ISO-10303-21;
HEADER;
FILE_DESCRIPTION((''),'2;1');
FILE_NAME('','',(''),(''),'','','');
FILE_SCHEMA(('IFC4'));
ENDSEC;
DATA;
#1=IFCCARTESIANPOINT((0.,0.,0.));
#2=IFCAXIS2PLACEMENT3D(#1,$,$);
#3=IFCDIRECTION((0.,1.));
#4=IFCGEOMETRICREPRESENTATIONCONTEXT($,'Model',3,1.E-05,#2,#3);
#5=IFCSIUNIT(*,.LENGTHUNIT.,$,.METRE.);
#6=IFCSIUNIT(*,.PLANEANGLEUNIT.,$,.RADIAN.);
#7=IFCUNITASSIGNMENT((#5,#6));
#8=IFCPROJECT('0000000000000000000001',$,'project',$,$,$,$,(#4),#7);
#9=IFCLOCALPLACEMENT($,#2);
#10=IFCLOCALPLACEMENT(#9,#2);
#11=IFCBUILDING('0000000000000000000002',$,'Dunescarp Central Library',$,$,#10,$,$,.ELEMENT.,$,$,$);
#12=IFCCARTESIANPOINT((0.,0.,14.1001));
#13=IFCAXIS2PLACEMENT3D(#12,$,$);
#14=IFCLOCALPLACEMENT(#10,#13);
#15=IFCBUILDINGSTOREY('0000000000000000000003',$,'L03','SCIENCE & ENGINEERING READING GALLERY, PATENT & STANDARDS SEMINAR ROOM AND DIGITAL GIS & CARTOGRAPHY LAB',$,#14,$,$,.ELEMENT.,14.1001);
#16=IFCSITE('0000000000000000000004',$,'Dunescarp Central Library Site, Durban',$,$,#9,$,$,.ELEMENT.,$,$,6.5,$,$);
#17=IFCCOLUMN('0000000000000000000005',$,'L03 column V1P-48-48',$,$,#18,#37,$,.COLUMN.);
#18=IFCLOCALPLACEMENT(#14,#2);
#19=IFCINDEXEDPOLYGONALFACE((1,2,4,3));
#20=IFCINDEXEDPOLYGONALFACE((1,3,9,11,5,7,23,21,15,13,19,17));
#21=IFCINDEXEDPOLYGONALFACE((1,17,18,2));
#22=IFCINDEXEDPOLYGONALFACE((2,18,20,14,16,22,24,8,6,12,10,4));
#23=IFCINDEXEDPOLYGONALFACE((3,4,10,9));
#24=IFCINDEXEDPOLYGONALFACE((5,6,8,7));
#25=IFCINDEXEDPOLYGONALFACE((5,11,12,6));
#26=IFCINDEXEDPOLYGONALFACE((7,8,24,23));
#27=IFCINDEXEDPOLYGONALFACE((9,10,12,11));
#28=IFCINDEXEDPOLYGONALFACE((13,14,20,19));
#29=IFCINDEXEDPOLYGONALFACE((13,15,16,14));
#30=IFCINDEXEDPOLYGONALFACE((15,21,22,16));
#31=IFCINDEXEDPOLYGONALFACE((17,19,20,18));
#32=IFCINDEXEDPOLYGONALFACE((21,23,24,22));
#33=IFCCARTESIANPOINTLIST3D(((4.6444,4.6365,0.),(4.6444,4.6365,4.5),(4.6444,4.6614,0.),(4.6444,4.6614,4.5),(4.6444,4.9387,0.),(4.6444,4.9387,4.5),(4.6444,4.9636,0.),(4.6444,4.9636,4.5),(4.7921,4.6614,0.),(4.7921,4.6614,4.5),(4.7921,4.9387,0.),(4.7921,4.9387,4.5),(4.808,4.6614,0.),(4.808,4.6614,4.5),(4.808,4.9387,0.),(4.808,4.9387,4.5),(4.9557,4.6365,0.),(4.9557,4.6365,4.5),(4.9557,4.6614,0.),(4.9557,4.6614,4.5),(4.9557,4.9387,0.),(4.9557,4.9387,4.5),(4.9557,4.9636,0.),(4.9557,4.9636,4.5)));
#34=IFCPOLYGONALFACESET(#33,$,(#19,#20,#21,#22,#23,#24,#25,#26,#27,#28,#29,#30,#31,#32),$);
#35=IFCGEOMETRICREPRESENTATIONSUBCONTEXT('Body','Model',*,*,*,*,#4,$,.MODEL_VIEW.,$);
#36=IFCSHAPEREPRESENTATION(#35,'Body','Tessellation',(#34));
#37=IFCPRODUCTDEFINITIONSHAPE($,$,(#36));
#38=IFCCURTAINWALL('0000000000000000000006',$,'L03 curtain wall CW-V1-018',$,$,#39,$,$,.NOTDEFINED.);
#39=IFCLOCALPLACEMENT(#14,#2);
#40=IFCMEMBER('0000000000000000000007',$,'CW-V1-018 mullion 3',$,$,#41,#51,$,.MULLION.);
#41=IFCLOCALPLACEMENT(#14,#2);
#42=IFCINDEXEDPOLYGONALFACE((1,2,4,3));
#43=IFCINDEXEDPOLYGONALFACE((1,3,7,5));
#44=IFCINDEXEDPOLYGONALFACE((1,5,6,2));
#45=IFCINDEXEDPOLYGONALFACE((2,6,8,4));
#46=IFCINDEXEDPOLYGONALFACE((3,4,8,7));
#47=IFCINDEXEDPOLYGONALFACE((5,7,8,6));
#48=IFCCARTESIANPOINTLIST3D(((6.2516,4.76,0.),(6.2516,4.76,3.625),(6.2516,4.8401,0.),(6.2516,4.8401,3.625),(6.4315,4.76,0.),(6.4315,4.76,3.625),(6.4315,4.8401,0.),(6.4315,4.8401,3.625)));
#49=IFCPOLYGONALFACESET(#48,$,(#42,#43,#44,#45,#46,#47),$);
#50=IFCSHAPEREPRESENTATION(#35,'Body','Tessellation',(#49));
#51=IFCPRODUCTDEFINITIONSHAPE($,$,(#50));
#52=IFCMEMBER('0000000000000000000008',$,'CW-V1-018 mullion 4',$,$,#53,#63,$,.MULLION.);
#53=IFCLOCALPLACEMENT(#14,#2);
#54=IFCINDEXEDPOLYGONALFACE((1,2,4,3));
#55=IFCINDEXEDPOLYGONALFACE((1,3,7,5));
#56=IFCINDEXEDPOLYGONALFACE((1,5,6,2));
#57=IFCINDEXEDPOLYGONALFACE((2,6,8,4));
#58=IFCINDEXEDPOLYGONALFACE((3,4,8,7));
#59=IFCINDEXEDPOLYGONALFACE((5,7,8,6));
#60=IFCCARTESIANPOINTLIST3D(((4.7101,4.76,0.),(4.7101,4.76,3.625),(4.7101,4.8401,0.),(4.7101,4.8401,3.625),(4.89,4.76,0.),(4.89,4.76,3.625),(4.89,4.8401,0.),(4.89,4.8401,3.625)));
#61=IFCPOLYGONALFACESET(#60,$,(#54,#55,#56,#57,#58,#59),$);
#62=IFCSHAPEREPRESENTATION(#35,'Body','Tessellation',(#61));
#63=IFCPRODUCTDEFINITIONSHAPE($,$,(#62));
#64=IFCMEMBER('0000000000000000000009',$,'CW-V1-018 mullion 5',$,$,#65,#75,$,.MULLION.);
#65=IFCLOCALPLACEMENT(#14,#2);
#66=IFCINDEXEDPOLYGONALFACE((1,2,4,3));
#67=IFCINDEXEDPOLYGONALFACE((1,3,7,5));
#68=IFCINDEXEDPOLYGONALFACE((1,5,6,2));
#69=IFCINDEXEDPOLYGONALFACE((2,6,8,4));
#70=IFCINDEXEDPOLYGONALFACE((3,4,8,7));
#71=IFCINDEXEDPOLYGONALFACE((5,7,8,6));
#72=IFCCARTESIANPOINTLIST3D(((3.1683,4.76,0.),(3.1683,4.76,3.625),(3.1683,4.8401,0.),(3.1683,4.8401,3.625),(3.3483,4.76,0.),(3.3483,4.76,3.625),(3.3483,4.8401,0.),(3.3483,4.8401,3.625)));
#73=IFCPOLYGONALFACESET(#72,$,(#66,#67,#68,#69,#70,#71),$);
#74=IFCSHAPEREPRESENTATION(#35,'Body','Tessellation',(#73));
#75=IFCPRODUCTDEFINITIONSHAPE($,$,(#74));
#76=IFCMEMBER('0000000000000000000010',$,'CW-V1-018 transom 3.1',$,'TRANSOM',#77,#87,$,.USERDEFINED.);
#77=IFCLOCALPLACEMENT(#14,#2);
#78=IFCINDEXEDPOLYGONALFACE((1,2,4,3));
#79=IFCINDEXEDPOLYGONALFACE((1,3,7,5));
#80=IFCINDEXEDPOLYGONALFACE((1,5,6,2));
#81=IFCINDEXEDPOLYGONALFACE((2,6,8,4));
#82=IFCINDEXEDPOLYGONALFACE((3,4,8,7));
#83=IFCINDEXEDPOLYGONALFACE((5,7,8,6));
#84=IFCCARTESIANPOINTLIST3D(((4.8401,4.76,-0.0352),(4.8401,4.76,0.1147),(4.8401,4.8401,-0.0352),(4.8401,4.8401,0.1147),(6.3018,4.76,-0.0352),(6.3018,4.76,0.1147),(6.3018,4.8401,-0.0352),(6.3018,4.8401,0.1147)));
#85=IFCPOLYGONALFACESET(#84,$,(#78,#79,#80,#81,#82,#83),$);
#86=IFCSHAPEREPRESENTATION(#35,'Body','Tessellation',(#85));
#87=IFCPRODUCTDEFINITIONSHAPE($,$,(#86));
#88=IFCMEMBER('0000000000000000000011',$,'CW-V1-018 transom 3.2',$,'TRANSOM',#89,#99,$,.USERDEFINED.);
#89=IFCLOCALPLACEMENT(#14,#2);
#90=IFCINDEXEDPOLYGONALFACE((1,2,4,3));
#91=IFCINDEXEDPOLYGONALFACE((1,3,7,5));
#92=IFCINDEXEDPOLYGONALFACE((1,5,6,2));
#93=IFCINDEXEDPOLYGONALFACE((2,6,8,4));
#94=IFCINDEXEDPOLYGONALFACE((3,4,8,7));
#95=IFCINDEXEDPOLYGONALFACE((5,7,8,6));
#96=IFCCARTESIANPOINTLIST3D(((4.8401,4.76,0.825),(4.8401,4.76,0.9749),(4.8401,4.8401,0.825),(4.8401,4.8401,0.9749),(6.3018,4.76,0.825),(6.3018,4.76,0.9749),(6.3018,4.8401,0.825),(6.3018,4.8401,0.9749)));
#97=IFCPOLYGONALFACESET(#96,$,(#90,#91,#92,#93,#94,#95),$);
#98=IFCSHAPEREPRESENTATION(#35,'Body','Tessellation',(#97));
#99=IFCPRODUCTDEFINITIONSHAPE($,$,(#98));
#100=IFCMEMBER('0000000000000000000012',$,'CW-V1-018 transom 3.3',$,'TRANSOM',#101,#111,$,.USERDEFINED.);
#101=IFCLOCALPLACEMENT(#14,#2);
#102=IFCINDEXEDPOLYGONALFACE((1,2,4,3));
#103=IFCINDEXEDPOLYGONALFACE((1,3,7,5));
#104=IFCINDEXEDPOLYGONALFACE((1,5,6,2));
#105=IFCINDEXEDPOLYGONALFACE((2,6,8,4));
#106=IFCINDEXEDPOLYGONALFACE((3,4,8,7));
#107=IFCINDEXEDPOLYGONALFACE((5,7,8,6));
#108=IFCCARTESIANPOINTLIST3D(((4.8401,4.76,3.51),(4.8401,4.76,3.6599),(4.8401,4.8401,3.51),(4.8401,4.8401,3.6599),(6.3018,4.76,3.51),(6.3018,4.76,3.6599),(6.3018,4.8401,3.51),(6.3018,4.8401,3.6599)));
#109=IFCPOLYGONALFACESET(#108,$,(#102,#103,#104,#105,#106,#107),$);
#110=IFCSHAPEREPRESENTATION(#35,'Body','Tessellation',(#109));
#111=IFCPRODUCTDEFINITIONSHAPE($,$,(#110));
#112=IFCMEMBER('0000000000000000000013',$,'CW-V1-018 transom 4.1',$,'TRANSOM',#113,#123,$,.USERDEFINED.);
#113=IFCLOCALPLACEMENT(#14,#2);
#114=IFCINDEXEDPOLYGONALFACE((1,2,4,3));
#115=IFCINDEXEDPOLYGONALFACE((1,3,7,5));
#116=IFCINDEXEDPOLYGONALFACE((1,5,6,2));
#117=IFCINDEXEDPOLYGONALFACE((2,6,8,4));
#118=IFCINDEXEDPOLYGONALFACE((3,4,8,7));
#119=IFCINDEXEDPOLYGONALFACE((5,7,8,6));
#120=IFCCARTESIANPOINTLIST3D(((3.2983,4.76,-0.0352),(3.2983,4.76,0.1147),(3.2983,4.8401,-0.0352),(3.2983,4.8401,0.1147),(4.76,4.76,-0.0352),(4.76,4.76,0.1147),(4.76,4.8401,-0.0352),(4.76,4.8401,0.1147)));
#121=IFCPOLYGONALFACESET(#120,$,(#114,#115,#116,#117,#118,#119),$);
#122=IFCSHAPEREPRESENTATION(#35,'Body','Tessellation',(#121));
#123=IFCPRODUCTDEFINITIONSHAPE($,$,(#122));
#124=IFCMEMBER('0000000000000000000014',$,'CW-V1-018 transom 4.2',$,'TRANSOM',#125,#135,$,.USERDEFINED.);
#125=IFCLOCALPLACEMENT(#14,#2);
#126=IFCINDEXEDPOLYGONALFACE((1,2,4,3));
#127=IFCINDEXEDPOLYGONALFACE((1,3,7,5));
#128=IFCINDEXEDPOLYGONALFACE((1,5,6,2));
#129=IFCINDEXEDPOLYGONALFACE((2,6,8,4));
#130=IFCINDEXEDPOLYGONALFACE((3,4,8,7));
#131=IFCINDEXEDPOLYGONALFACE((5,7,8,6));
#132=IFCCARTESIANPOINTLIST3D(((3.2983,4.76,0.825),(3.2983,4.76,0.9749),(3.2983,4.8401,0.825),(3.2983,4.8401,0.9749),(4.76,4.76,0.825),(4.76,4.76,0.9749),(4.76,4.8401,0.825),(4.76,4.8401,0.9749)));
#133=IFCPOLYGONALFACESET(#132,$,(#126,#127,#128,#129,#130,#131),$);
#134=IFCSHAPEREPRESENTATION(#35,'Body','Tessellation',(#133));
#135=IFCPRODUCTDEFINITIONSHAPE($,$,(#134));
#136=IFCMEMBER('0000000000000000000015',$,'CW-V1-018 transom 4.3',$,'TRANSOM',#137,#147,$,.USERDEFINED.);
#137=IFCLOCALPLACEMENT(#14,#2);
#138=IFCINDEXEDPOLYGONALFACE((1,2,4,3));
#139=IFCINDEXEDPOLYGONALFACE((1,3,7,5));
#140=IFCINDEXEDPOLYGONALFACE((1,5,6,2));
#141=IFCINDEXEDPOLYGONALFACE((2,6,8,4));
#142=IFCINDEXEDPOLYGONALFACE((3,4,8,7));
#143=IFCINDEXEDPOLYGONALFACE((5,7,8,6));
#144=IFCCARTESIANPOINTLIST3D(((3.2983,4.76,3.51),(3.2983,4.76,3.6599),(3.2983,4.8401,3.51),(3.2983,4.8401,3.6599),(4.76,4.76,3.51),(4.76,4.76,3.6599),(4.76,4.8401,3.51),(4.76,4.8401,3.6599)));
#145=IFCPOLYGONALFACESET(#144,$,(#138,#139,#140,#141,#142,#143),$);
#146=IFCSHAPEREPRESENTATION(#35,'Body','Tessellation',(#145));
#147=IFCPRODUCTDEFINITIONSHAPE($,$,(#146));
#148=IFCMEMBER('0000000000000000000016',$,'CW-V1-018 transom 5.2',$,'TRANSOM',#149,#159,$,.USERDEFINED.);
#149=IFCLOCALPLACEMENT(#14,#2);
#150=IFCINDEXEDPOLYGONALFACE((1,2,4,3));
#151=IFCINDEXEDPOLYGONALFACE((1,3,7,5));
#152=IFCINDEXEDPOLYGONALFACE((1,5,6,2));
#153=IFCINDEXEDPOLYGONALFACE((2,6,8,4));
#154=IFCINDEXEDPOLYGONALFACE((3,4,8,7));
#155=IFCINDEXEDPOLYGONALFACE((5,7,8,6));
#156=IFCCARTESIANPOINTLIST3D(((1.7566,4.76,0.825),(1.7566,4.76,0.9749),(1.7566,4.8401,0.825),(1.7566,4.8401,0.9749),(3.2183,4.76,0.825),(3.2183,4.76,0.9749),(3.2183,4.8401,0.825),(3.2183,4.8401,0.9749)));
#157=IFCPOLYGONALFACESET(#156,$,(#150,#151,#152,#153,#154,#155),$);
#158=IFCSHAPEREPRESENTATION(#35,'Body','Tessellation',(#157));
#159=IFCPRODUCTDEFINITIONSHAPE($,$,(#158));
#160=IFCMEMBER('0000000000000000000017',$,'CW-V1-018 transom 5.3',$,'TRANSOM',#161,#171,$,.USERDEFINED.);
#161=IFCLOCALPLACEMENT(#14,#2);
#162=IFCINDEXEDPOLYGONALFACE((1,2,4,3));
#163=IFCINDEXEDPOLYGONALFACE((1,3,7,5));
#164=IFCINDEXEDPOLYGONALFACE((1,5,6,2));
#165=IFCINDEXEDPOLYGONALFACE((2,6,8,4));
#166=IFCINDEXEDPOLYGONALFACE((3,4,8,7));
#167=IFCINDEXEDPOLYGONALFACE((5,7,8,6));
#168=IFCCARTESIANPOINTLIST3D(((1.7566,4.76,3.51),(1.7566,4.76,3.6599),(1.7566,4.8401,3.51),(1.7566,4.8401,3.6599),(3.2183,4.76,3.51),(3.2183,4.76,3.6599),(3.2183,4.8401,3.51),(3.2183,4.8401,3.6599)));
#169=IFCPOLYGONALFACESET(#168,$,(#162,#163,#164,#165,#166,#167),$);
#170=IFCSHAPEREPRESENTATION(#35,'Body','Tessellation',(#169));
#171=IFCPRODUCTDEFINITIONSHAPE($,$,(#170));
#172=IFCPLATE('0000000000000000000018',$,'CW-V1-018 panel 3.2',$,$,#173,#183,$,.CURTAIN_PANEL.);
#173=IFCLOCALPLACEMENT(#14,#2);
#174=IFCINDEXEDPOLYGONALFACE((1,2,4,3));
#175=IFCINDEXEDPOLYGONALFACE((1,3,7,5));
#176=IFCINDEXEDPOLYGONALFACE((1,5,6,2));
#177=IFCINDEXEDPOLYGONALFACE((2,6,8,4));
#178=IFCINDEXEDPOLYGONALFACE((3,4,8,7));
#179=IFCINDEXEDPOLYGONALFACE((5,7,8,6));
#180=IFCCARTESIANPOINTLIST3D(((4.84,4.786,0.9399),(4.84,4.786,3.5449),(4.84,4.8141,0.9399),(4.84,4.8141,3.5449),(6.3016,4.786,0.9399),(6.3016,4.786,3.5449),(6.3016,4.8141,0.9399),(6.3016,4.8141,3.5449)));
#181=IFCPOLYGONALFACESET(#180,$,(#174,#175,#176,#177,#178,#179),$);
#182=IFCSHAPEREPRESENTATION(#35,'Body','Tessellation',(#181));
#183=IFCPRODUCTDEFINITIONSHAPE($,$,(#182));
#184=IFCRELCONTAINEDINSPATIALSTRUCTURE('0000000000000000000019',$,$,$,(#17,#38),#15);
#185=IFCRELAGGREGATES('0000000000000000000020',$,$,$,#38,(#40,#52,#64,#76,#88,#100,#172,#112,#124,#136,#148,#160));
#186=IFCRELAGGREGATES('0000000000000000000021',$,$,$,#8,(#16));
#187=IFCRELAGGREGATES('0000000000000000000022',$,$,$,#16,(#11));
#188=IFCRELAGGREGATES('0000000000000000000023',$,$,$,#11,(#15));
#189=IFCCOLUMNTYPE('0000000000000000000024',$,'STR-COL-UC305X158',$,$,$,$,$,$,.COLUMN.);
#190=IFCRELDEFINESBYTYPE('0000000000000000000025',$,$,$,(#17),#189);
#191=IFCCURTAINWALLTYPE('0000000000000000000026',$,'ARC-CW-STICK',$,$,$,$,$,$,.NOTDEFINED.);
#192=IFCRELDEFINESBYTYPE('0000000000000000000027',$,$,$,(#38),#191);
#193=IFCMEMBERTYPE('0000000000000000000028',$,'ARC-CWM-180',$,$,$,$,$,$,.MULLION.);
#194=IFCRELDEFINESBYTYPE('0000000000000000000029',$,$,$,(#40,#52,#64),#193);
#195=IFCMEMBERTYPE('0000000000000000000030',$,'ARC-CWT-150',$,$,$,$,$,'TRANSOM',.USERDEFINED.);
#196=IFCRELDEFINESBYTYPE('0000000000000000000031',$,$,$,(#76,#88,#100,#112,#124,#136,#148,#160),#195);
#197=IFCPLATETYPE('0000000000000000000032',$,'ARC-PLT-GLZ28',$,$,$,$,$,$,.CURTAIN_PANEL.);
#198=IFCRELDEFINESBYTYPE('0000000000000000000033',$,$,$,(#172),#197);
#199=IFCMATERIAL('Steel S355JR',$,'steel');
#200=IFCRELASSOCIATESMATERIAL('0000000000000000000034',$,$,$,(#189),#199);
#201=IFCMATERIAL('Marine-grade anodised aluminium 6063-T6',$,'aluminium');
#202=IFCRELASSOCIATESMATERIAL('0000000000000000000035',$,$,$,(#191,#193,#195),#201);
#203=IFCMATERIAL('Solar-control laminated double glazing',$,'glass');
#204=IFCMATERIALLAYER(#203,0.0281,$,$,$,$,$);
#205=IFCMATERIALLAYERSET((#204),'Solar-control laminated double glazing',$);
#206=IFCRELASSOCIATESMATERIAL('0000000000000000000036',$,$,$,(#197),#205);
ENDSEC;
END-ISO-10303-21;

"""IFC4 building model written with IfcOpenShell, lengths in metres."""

from ifc_helpers import new_model, si_unit, direction, frame, origin, origin_2d, place, context, subcontext, project, spatial, rectangle, i_section, extrude, material, layer, layer_set, material_profile, profile_set, type_object, element, aggregate, save


model = new_model("IFC4")

# Units and contexts
model_context = context("Model", 3, precision=1e-05, world=origin(), true_north=direction((0.0, 1.0)))
body_context = subcontext(model_context, "Body", "Model", "MODEL_VIEW")
ifc_project = project(units=[si_unit("LENGTHUNIT", "METRE"), si_unit("PLANEANGLEUNIT", "RADIAN")], contexts=[model_context])

# Site, building, storey
site_placement = place(None, origin())
site = spatial("IfcSite", under=ifc_project, at=site_placement, Name="Dunescarp Central Library Site, Durban", CompositionType="ELEMENT", RefElevation=6.5)
building_placement = place(site_placement, origin())
building = spatial("IfcBuilding", under=site, at=building_placement, Name="Dunescarp Central Library", CompositionType="ELEMENT")
storey_placement = place(building_placement, frame((0.0, 0.0, 14.1001)))
storey = spatial("IfcBuildingStorey", under=building, at=storey_placement, Name="L03", Description="SCIENCE & ENGINEERING READING GALLERY, PATENT & STANDARDS SEMINAR ROOM AND DIGITAL GIS & CARTOGRAPHY LAB", CompositionType="ELEMENT", Elevation=14.1001)

# Column
ifc_material_1 = material(Name="Steel S355JR", Category="steel")
ifc_material_profile_1 = material_profile(ifc_material_1, i_section(OverallWidth=0.3113, OverallDepth=0.3271, WebThickness=0.0159, FlangeThickness=0.0249, at=origin_2d()), Name="UC 305x305x158")
ifc_profile_set_1 = profile_set([ifc_material_profile_1], Name="Steel S355JR")
column_type = type_object("IfcColumnType", Name="STR-COL-UC305X158", PredefinedType="COLUMN", material=ifc_profile_set_1)
column_placement = place(storey_placement, frame((4.8, 4.8, 0.0), z_axis=(0.0, 0.0, 1.0), x_axis=(1.0, 0.0, 0.0)))
element("IfcColumn", 1, at=column_placement, inside=storey, type_object=column_type, Name="L03 column V1P-48-48", PredefinedType="COLUMN", context=body_context, shape_type="SweptSolid", body=[
    extrude(i_section(OverallWidth=0.3113, OverallDepth=0.3271, WebThickness=0.0159, FlangeThickness=0.0249, at=origin_2d()), origin(), (0.0, 0.0, 1.0), 4.5),
])

# Curtain wall, members, plate
ifc_material_2 = material(Name="Marine-grade anodised aluminium 6063-T6", Category="aluminium")
curtain_wall_type = type_object("IfcCurtainWallType", Name="ARC-CW-STICK", PredefinedType="NOTDEFINED", material=ifc_material_2)
curtain_wall_placement = place(storey_placement, origin())
curtain_wall = element("IfcCurtainWall", 2, at=curtain_wall_placement, inside=storey, type_object=curtain_wall_type, Name="L03 curtain wall CW-V1-018", PredefinedType="NOTDEFINED")
ifc_material_profile_2 = material_profile(ifc_material_2, rectangle(XDim=0.0801, YDim=0.1799, at=origin_2d()), Name="AL 80x180")
ifc_profile_set_2 = profile_set([ifc_material_profile_2], Name="Marine-grade anodised aluminium 6063-T6")
member_type_1 = type_object("IfcMemberType", Name="ARC-CWM-180", PredefinedType="MULLION", material=ifc_profile_set_2)
member_1_placement = place(storey_placement, frame((6.3416, 4.8, 0.0), z_axis=(0.0, 0.0, 1.0), x_axis=(0.0, -1.0, 0.0)))
member_1 = element("IfcMember", 3, at=member_1_placement, type_object=member_type_1, Name="CW-V1-018 mullion 3", PredefinedType="MULLION", context=body_context, shape_type="SweptSolid", body=[
    extrude(rectangle(XDim=0.0801, YDim=0.1799, at=origin_2d()), origin(), (0.0, 0.0, 1.0), 3.625),
])
member_2_placement = place(storey_placement, frame((4.8, 4.8, 0.0), z_axis=(0.0, 0.0, 1.0), x_axis=(0.0, -1.0, 0.0)))
member_2 = element("IfcMember", 4, at=member_2_placement, type_object=member_type_1, Name="CW-V1-018 mullion 4", PredefinedType="MULLION", context=body_context, shape_type="SweptSolid", body=[
    extrude(rectangle(XDim=0.0801, YDim=0.1799, at=origin_2d()), origin(), (0.0, 0.0, 1.0), 3.625),
])
member_3_placement = place(storey_placement, frame((3.2583, 4.8, 0.0), z_axis=(0.0, 0.0, 1.0), x_axis=(0.0, -1.0, 0.0)))
member_3 = element("IfcMember", 5, at=member_3_placement, type_object=member_type_1, Name="CW-V1-018 mullion 5", PredefinedType="MULLION", context=body_context, shape_type="SweptSolid", body=[
    extrude(rectangle(XDim=0.0801, YDim=0.1799, at=origin_2d()), origin(), (0.0, 0.0, 1.0), 3.625),
])
ifc_material_profile_3 = material_profile(ifc_material_2, rectangle(XDim=0.0801, YDim=0.1499, at=origin_2d()), Name="AL 80x150")
ifc_profile_set_3 = profile_set([ifc_material_profile_3], Name="Marine-grade anodised aluminium 6063-T6")
member_type_2 = type_object("IfcMemberType", Name="ARC-CWT-150", ElementType="TRANSOM", PredefinedType="USERDEFINED", material=ifc_profile_set_3)
member_4_placement = place(storey_placement, frame((6.3018, 4.8, 0.0398), z_axis=(-1.0, 0.0, 0.0), x_axis=(0.0, -1.0, 0.0)))
member_4 = element("IfcMember", 6, at=member_4_placement, type_object=member_type_2, Name="CW-V1-018 transom 3.1", ObjectType="TRANSOM", PredefinedType="USERDEFINED", context=body_context, shape_type="SweptSolid", body=[
    extrude(rectangle(XDim=0.0801, YDim=0.1499, at=origin_2d()), origin(), (0.0, 0.0, 1.0), 1.4617),
])
member_5_placement = place(storey_placement, frame((6.3018, 4.8, 0.8999), z_axis=(-1.0, 0.0, 0.0), x_axis=(0.0, -1.0, 0.0)))
member_5 = element("IfcMember", 7, at=member_5_placement, type_object=member_type_2, Name="CW-V1-018 transom 3.2", ObjectType="TRANSOM", PredefinedType="USERDEFINED", context=body_context, shape_type="SweptSolid", body=[
    extrude(rectangle(XDim=0.0801, YDim=0.1499, at=origin_2d()), origin(), (0.0, 0.0, 1.0), 1.4617),
])
member_6_placement = place(storey_placement, frame((6.3018, 4.8, 3.585), z_axis=(-1.0, 0.0, 0.0), x_axis=(0.0, -1.0, 0.0)))
member_6 = element("IfcMember", 8, at=member_6_placement, type_object=member_type_2, Name="CW-V1-018 transom 3.3", ObjectType="TRANSOM", PredefinedType="USERDEFINED", context=body_context, shape_type="SweptSolid", body=[
    extrude(rectangle(XDim=0.0801, YDim=0.1499, at=origin_2d()), origin(), (0.0, 0.0, 1.0), 1.4617),
])
member_7_placement = place(storey_placement, frame((4.76, 4.8, 0.0398), z_axis=(-1.0, 0.0, 0.0), x_axis=(0.0, -1.0, 0.0)))
member_7 = element("IfcMember", 9, at=member_7_placement, type_object=member_type_2, Name="CW-V1-018 transom 4.1", ObjectType="TRANSOM", PredefinedType="USERDEFINED", context=body_context, shape_type="SweptSolid", body=[
    extrude(rectangle(XDim=0.0801, YDim=0.1499, at=origin_2d()), origin(), (0.0, 0.0, 1.0), 1.4617),
])
member_8_placement = place(storey_placement, frame((4.76, 4.8, 0.8999), z_axis=(-1.0, 0.0, 0.0), x_axis=(0.0, -1.0, 0.0)))
member_8 = element("IfcMember", 10, at=member_8_placement, type_object=member_type_2, Name="CW-V1-018 transom 4.2", ObjectType="TRANSOM", PredefinedType="USERDEFINED", context=body_context, shape_type="SweptSolid", body=[
    extrude(rectangle(XDim=0.0801, YDim=0.1499, at=origin_2d()), origin(), (0.0, 0.0, 1.0), 1.4617),
])
member_9_placement = place(storey_placement, frame((4.76, 4.8, 3.585), z_axis=(-1.0, 0.0, 0.0), x_axis=(0.0, -1.0, 0.0)))
member_9 = element("IfcMember", 11, at=member_9_placement, type_object=member_type_2, Name="CW-V1-018 transom 4.3", ObjectType="TRANSOM", PredefinedType="USERDEFINED", context=body_context, shape_type="SweptSolid", body=[
    extrude(rectangle(XDim=0.0801, YDim=0.1499, at=origin_2d()), origin(), (0.0, 0.0, 1.0), 1.4617),
])
member_10_placement = place(storey_placement, frame((3.2183, 4.8, 0.8999), z_axis=(-1.0, 0.0, 0.0), x_axis=(0.0, -1.0, 0.0)))
member_10 = element("IfcMember", 12, at=member_10_placement, type_object=member_type_2, Name="CW-V1-018 transom 5.2", ObjectType="TRANSOM", PredefinedType="USERDEFINED", context=body_context, shape_type="SweptSolid", body=[
    extrude(rectangle(XDim=0.0801, YDim=0.1499, at=origin_2d()), origin(), (0.0, 0.0, 1.0), 1.4617),
])
member_11_placement = place(storey_placement, frame((3.2183, 4.8, 3.585), z_axis=(-1.0, 0.0, 0.0), x_axis=(0.0, -1.0, 0.0)))
member_11 = element("IfcMember", 13, at=member_11_placement, type_object=member_type_2, Name="CW-V1-018 transom 5.3", ObjectType="TRANSOM", PredefinedType="USERDEFINED", context=body_context, shape_type="SweptSolid", body=[
    extrude(rectangle(XDim=0.0801, YDim=0.1499, at=origin_2d()), origin(), (0.0, 0.0, 1.0), 1.4617),
])
ifc_material_3 = material(Name="Solar-control laminated double glazing", Category="glass")
ifc_layer_1 = layer(ifc_material_3, 0.0281)
ifc_layer_set_1 = layer_set([ifc_layer_1], Name="Solar-control laminated double glazing")
plate_type_1 = type_object("IfcPlateType", Name="ARC-PLT-GLZ28", PredefinedType="CURTAIN_PANEL", material=ifc_layer_set_1)
plate_1_placement = place(storey_placement, frame((5.5708, 4.8, 0.9399), z_axis=(0.0, 0.0, 1.0), x_axis=(-1.0, 0.0, 0.0)))
plate_1 = element("IfcPlate", 14, at=plate_1_placement, type_object=plate_type_1, Name="CW-V1-018 panel 3.2", PredefinedType="CURTAIN_PANEL", context=body_context, shape_type="SweptSolid", body=[
    extrude(rectangle(XDim=1.4617, YDim=0.0281, at=origin_2d()), origin(), (0.0, 0.0, 1.0), 2.605),
])
aggregate(curtain_wall, [member_1, member_2, member_3, member_4, member_5, member_6, plate_1, member_7, member_8, member_9, member_10, member_11])

save(model, "model.ifc")
